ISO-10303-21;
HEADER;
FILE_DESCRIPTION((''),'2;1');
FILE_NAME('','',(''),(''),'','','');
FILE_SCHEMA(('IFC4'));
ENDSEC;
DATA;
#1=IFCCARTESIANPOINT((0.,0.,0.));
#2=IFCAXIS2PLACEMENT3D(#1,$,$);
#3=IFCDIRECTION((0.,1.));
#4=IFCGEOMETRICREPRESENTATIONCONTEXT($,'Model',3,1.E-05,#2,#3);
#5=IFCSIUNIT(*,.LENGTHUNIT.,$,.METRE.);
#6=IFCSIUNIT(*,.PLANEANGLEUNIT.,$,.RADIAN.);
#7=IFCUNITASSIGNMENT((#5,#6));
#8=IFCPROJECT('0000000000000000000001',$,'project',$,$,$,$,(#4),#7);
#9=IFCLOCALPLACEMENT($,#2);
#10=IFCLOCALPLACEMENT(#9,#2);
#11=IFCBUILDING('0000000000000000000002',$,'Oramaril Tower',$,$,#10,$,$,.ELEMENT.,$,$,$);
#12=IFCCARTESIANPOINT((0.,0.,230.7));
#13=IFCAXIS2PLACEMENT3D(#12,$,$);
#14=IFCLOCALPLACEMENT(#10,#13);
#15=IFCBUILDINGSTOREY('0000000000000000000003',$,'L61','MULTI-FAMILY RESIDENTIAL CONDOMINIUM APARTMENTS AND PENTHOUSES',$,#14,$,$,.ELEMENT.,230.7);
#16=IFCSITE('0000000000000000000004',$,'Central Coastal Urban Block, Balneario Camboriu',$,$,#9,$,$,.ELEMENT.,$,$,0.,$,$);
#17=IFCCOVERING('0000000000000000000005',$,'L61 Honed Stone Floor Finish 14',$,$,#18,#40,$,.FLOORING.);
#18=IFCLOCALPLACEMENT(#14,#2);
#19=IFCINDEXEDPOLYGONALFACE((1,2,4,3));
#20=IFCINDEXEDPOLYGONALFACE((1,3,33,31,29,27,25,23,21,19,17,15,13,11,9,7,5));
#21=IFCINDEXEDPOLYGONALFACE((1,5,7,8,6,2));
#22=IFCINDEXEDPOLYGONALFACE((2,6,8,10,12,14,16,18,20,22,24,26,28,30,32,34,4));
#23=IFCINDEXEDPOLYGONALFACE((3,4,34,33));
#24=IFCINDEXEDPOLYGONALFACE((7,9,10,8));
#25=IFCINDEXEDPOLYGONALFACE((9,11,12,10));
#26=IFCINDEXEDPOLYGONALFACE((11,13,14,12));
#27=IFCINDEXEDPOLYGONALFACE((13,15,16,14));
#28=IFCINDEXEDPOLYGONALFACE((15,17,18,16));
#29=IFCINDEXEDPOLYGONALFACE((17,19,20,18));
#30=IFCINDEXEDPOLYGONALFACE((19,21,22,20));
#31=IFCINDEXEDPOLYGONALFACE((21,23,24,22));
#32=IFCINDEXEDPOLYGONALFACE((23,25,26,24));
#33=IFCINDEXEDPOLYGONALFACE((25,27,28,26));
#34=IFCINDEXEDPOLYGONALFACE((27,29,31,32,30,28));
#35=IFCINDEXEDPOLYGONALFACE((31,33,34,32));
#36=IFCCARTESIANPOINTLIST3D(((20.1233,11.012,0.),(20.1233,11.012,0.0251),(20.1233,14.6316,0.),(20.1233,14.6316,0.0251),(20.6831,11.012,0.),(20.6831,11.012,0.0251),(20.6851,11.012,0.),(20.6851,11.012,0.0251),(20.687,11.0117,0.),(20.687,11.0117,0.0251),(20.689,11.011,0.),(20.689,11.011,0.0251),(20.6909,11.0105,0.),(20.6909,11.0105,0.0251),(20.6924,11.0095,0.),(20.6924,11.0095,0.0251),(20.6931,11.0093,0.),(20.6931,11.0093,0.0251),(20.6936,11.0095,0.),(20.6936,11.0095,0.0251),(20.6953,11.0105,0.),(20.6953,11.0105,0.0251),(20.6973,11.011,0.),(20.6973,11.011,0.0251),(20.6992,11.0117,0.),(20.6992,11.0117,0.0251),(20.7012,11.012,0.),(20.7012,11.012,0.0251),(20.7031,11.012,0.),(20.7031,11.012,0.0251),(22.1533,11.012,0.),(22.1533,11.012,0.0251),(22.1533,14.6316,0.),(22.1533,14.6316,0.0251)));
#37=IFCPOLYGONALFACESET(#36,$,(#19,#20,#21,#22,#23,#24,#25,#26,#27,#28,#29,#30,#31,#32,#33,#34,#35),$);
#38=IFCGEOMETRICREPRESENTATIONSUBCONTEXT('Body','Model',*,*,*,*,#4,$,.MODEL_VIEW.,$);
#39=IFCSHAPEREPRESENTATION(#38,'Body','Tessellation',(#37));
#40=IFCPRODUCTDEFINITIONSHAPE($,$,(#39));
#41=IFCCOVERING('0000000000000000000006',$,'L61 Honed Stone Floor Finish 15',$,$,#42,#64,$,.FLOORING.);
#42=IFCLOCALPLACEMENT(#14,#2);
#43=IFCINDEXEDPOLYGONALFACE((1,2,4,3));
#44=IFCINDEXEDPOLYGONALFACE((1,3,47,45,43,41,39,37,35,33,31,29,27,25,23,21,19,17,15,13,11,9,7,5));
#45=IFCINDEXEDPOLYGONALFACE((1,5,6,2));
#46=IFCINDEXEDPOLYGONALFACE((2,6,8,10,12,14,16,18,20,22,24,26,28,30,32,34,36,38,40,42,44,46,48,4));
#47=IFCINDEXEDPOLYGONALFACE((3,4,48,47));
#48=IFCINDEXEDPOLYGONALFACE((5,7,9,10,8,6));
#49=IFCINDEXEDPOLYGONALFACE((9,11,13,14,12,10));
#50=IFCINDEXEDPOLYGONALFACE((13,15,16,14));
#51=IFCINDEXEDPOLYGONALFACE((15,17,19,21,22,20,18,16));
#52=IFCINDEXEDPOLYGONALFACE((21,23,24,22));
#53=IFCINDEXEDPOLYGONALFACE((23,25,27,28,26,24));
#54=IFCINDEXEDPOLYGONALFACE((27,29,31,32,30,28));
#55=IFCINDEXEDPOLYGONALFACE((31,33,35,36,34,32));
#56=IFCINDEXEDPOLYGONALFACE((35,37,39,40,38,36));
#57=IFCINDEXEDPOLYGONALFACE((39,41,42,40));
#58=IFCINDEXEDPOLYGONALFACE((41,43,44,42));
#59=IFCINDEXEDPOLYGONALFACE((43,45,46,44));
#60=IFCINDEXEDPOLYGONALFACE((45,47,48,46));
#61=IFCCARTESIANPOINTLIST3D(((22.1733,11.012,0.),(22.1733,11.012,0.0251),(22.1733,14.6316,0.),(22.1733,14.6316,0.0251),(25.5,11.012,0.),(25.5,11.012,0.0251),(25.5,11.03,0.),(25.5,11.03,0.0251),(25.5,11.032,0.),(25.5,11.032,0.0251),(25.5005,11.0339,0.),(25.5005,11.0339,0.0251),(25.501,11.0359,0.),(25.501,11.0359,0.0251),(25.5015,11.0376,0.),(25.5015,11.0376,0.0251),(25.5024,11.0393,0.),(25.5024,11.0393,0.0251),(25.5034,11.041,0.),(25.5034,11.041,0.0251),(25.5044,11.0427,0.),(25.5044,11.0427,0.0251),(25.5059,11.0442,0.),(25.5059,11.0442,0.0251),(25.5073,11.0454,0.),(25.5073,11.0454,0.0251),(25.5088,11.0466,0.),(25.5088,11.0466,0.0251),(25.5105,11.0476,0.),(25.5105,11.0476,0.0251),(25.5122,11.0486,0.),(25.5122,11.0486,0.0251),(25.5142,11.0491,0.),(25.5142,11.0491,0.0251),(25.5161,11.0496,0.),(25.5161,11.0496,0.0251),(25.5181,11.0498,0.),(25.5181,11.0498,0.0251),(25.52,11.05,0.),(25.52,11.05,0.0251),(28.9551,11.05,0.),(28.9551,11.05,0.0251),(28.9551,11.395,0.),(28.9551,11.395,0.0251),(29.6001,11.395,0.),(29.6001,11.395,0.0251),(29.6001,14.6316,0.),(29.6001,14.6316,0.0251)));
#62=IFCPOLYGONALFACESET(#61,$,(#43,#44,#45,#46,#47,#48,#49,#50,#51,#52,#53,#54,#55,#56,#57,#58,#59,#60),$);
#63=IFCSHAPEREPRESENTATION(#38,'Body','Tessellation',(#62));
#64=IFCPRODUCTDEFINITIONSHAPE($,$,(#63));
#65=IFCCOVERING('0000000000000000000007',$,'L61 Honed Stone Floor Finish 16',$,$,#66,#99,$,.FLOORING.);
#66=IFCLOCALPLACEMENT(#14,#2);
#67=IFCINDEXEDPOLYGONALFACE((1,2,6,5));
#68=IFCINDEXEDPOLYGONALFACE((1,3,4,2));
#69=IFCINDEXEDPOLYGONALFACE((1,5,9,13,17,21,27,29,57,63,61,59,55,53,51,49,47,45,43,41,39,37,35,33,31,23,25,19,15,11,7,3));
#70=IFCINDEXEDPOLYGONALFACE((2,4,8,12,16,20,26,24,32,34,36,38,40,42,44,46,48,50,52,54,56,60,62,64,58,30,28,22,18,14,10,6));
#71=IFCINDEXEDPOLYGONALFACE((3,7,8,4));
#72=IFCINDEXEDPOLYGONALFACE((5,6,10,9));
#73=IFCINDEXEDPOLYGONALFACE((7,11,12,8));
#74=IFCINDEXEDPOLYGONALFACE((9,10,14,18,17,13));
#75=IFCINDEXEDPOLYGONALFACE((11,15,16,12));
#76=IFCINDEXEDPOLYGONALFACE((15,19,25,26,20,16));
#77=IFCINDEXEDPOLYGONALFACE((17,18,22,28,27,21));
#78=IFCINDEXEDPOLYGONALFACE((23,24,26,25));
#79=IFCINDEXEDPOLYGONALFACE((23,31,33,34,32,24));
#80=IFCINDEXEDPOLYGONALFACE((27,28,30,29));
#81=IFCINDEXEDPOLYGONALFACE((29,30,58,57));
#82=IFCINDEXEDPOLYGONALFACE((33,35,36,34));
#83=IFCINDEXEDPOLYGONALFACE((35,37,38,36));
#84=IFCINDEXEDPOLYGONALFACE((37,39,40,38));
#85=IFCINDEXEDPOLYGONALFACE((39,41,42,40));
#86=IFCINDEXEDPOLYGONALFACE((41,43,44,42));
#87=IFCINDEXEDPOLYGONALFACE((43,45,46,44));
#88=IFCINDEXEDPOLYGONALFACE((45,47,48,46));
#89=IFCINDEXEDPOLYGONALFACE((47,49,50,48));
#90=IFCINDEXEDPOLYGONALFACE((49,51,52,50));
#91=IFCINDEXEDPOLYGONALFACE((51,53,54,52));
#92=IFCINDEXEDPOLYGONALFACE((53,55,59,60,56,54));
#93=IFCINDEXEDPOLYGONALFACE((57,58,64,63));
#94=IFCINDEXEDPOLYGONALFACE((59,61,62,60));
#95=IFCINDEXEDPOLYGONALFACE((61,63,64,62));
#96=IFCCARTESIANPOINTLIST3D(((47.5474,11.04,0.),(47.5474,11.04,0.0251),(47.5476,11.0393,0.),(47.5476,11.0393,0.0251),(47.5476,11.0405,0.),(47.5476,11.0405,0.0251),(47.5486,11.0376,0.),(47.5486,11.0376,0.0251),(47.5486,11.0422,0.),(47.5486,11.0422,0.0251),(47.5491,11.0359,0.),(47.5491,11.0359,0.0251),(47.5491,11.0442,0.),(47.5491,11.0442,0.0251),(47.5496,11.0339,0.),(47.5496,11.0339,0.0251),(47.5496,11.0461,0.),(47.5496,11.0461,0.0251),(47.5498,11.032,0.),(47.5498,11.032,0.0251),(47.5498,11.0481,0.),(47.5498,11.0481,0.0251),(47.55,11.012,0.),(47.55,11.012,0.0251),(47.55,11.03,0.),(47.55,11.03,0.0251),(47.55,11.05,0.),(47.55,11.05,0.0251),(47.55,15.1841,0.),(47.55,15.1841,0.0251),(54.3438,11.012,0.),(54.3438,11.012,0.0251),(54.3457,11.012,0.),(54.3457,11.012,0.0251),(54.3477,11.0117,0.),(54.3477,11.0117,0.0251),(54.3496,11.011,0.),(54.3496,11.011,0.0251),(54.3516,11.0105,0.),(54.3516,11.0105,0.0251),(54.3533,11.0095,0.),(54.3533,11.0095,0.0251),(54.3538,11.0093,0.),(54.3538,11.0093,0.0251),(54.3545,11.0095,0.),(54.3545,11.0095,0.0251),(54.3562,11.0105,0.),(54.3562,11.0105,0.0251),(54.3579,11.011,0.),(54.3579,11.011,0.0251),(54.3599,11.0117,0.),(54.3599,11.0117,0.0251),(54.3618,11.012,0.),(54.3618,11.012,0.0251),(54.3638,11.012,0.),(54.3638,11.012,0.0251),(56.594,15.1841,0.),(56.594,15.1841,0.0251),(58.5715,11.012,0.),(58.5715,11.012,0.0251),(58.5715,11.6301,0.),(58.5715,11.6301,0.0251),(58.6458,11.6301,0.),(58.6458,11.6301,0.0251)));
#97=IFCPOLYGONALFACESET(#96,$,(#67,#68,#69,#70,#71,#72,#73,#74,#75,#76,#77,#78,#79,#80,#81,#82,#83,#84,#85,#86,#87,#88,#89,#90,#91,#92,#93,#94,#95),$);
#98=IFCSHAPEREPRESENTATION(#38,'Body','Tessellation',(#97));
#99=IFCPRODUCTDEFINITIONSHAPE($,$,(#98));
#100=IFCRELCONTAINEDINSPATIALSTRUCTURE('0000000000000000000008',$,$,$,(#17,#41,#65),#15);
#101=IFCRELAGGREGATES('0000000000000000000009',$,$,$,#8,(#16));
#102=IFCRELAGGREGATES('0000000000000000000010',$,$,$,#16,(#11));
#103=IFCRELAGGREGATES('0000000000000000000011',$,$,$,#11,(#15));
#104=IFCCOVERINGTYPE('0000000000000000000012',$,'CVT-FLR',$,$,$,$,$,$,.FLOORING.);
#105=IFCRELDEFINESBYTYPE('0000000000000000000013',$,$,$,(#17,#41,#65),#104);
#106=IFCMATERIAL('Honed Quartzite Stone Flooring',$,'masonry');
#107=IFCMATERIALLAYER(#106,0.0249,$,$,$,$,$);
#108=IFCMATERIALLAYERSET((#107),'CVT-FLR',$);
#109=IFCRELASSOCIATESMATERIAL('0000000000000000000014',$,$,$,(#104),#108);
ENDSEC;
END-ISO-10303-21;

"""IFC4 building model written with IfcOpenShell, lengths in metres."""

from ifc_helpers import new_model, si_unit, direction, frame, origin, place, context, subcontext, project, spatial, polyline, outline, extrude, material, layer, layer_set, type_object, element, save


model = new_model("IFC4")

# Units and contexts
model_context = context("Model", 3, precision=1e-05, world=origin(), true_north=direction((0.0, 1.0)))
body_context = subcontext(model_context, "Body", "Model", "MODEL_VIEW")
ifc_project = project(units=[si_unit("LENGTHUNIT", "METRE"), si_unit("PLANEANGLEUNIT", "RADIAN")], contexts=[model_context])

# Site, building, storey
site_placement = place(None, origin())
site = spatial("IfcSite", under=ifc_project, at=site_placement, Name="Central Coastal Urban Block, Balneario Camboriu", CompositionType="ELEMENT", RefElevation=0.0)
building_placement = place(site_placement, origin())
building = spatial("IfcBuilding", under=site, at=building_placement, Name="Oramaril Tower", CompositionType="ELEMENT")
storey_placement = place(building_placement, frame((0.0, 0.0, 230.7)))
storey = spatial("IfcBuildingStorey", under=building, at=storey_placement, Name="L61", Description="MULTI-FAMILY RESIDENTIAL CONDOMINIUM APARTMENTS AND PENTHOUSES", CompositionType="ELEMENT", Elevation=230.7)

# Coverings
ifc_material_1 = material(Name="Honed Quartzite Stone Flooring", Category="masonry")
ifc_layer_1 = layer(ifc_material_1, 0.0249)
ifc_layer_set_1 = layer_set([ifc_layer_1], Name="CVT-FLR")
covering_type_1 = type_object("IfcCoveringType", Name="CVT-FLR", PredefinedType="FLOORING", material=ifc_layer_set_1)
covering_1_placement = place(storey_placement, origin())
element("IfcCovering", 1, at=covering_1_placement, inside=storey, type_object=covering_type_1, Name="L61 Honed Stone Floor Finish 14", PredefinedType="FLOORING", context=body_context, shape_type="SweptSolid", body=[
    extrude(outline(polyline([(22.1533, 11.012), (20.7031, 11.012), (20.7012, 11.012), (20.6992, 11.0117), (20.6973, 11.011), (20.6953, 11.0105), (20.6936, 11.0095), (20.6931, 11.0093), (20.6924, 11.0095), (20.6909, 11.0105), (20.689, 11.011), (20.687, 11.0117), (20.6851, 11.012), (20.6831, 11.012), (20.1233, 11.012), (20.1233, 14.6316), (22.1533, 14.6316), (22.1533, 11.012)])), origin(), (0.0, 0.0, 1.0), 0.0251),
])
covering_2_placement = place(storey_placement, origin())
element("IfcCovering", 2, at=covering_2_placement, inside=storey, type_object=covering_type_1, Name="L61 Honed Stone Floor Finish 15", PredefinedType="FLOORING", context=body_context, shape_type="SweptSolid", body=[
    extrude(outline(polyline([(29.6001, 11.395), (28.9551, 11.395), (28.9551, 11.05), (25.52, 11.05), (25.5181, 11.0498), (25.5161, 11.0496), (25.5142, 11.0491), (25.5122, 11.0486), (25.5105, 11.0476), (25.5088, 11.0466), (25.5073, 11.0454), (25.5059, 11.0442), (25.5044, 11.0427), (25.5034, 11.041), (25.5024, 11.0393), (25.5015, 11.0376), (25.501, 11.0359), (25.5005, 11.0339), (25.5, 11.032), (25.5, 11.03), (25.5, 11.012), (22.1733, 11.012), (22.1733, 14.6316), (29.6001, 14.6316), (29.6001, 11.395)])), origin(), (0.0, 0.0, 1.0), 0.0251),
])
covering_3_placement = place(storey_placement, origin())
element("IfcCovering", 3, at=covering_3_placement, inside=storey, type_object=covering_type_1, Name="L61 Honed Stone Floor Finish 16", PredefinedType="FLOORING", context=body_context, shape_type="SweptSolid", body=[
    extrude(outline(polyline([(56.594, 15.1841), (58.6458, 11.6301), (58.5715, 11.6301), (58.5715, 11.012), (54.3638, 11.012), (54.3618, 11.012), (54.3599, 11.0117), (54.3579, 11.011), (54.3562, 11.0105), (54.3545, 11.0095), (54.3538, 11.0093), (54.3533, 11.0095), (54.3516, 11.0105), (54.3496, 11.011), (54.3477, 11.0117), (54.3457, 11.012), (54.3438, 11.012), (47.55, 11.012), (47.55, 11.03), (47.5498, 11.032), (47.5496, 11.0339), (47.5491, 11.0359), (47.5486, 11.0376), (47.5476, 11.0393), (47.5474, 11.04), (47.5476, 11.0405), (47.5486, 11.0422), (47.5491, 11.0442), (47.5496, 11.0461), (47.5498, 11.0481), (47.55, 11.05), (47.55, 15.1841), (56.594, 15.1841)])), origin(), (0.0, 0.0, 1.0), 0.0251),
])

save(model, "model.ifc")
